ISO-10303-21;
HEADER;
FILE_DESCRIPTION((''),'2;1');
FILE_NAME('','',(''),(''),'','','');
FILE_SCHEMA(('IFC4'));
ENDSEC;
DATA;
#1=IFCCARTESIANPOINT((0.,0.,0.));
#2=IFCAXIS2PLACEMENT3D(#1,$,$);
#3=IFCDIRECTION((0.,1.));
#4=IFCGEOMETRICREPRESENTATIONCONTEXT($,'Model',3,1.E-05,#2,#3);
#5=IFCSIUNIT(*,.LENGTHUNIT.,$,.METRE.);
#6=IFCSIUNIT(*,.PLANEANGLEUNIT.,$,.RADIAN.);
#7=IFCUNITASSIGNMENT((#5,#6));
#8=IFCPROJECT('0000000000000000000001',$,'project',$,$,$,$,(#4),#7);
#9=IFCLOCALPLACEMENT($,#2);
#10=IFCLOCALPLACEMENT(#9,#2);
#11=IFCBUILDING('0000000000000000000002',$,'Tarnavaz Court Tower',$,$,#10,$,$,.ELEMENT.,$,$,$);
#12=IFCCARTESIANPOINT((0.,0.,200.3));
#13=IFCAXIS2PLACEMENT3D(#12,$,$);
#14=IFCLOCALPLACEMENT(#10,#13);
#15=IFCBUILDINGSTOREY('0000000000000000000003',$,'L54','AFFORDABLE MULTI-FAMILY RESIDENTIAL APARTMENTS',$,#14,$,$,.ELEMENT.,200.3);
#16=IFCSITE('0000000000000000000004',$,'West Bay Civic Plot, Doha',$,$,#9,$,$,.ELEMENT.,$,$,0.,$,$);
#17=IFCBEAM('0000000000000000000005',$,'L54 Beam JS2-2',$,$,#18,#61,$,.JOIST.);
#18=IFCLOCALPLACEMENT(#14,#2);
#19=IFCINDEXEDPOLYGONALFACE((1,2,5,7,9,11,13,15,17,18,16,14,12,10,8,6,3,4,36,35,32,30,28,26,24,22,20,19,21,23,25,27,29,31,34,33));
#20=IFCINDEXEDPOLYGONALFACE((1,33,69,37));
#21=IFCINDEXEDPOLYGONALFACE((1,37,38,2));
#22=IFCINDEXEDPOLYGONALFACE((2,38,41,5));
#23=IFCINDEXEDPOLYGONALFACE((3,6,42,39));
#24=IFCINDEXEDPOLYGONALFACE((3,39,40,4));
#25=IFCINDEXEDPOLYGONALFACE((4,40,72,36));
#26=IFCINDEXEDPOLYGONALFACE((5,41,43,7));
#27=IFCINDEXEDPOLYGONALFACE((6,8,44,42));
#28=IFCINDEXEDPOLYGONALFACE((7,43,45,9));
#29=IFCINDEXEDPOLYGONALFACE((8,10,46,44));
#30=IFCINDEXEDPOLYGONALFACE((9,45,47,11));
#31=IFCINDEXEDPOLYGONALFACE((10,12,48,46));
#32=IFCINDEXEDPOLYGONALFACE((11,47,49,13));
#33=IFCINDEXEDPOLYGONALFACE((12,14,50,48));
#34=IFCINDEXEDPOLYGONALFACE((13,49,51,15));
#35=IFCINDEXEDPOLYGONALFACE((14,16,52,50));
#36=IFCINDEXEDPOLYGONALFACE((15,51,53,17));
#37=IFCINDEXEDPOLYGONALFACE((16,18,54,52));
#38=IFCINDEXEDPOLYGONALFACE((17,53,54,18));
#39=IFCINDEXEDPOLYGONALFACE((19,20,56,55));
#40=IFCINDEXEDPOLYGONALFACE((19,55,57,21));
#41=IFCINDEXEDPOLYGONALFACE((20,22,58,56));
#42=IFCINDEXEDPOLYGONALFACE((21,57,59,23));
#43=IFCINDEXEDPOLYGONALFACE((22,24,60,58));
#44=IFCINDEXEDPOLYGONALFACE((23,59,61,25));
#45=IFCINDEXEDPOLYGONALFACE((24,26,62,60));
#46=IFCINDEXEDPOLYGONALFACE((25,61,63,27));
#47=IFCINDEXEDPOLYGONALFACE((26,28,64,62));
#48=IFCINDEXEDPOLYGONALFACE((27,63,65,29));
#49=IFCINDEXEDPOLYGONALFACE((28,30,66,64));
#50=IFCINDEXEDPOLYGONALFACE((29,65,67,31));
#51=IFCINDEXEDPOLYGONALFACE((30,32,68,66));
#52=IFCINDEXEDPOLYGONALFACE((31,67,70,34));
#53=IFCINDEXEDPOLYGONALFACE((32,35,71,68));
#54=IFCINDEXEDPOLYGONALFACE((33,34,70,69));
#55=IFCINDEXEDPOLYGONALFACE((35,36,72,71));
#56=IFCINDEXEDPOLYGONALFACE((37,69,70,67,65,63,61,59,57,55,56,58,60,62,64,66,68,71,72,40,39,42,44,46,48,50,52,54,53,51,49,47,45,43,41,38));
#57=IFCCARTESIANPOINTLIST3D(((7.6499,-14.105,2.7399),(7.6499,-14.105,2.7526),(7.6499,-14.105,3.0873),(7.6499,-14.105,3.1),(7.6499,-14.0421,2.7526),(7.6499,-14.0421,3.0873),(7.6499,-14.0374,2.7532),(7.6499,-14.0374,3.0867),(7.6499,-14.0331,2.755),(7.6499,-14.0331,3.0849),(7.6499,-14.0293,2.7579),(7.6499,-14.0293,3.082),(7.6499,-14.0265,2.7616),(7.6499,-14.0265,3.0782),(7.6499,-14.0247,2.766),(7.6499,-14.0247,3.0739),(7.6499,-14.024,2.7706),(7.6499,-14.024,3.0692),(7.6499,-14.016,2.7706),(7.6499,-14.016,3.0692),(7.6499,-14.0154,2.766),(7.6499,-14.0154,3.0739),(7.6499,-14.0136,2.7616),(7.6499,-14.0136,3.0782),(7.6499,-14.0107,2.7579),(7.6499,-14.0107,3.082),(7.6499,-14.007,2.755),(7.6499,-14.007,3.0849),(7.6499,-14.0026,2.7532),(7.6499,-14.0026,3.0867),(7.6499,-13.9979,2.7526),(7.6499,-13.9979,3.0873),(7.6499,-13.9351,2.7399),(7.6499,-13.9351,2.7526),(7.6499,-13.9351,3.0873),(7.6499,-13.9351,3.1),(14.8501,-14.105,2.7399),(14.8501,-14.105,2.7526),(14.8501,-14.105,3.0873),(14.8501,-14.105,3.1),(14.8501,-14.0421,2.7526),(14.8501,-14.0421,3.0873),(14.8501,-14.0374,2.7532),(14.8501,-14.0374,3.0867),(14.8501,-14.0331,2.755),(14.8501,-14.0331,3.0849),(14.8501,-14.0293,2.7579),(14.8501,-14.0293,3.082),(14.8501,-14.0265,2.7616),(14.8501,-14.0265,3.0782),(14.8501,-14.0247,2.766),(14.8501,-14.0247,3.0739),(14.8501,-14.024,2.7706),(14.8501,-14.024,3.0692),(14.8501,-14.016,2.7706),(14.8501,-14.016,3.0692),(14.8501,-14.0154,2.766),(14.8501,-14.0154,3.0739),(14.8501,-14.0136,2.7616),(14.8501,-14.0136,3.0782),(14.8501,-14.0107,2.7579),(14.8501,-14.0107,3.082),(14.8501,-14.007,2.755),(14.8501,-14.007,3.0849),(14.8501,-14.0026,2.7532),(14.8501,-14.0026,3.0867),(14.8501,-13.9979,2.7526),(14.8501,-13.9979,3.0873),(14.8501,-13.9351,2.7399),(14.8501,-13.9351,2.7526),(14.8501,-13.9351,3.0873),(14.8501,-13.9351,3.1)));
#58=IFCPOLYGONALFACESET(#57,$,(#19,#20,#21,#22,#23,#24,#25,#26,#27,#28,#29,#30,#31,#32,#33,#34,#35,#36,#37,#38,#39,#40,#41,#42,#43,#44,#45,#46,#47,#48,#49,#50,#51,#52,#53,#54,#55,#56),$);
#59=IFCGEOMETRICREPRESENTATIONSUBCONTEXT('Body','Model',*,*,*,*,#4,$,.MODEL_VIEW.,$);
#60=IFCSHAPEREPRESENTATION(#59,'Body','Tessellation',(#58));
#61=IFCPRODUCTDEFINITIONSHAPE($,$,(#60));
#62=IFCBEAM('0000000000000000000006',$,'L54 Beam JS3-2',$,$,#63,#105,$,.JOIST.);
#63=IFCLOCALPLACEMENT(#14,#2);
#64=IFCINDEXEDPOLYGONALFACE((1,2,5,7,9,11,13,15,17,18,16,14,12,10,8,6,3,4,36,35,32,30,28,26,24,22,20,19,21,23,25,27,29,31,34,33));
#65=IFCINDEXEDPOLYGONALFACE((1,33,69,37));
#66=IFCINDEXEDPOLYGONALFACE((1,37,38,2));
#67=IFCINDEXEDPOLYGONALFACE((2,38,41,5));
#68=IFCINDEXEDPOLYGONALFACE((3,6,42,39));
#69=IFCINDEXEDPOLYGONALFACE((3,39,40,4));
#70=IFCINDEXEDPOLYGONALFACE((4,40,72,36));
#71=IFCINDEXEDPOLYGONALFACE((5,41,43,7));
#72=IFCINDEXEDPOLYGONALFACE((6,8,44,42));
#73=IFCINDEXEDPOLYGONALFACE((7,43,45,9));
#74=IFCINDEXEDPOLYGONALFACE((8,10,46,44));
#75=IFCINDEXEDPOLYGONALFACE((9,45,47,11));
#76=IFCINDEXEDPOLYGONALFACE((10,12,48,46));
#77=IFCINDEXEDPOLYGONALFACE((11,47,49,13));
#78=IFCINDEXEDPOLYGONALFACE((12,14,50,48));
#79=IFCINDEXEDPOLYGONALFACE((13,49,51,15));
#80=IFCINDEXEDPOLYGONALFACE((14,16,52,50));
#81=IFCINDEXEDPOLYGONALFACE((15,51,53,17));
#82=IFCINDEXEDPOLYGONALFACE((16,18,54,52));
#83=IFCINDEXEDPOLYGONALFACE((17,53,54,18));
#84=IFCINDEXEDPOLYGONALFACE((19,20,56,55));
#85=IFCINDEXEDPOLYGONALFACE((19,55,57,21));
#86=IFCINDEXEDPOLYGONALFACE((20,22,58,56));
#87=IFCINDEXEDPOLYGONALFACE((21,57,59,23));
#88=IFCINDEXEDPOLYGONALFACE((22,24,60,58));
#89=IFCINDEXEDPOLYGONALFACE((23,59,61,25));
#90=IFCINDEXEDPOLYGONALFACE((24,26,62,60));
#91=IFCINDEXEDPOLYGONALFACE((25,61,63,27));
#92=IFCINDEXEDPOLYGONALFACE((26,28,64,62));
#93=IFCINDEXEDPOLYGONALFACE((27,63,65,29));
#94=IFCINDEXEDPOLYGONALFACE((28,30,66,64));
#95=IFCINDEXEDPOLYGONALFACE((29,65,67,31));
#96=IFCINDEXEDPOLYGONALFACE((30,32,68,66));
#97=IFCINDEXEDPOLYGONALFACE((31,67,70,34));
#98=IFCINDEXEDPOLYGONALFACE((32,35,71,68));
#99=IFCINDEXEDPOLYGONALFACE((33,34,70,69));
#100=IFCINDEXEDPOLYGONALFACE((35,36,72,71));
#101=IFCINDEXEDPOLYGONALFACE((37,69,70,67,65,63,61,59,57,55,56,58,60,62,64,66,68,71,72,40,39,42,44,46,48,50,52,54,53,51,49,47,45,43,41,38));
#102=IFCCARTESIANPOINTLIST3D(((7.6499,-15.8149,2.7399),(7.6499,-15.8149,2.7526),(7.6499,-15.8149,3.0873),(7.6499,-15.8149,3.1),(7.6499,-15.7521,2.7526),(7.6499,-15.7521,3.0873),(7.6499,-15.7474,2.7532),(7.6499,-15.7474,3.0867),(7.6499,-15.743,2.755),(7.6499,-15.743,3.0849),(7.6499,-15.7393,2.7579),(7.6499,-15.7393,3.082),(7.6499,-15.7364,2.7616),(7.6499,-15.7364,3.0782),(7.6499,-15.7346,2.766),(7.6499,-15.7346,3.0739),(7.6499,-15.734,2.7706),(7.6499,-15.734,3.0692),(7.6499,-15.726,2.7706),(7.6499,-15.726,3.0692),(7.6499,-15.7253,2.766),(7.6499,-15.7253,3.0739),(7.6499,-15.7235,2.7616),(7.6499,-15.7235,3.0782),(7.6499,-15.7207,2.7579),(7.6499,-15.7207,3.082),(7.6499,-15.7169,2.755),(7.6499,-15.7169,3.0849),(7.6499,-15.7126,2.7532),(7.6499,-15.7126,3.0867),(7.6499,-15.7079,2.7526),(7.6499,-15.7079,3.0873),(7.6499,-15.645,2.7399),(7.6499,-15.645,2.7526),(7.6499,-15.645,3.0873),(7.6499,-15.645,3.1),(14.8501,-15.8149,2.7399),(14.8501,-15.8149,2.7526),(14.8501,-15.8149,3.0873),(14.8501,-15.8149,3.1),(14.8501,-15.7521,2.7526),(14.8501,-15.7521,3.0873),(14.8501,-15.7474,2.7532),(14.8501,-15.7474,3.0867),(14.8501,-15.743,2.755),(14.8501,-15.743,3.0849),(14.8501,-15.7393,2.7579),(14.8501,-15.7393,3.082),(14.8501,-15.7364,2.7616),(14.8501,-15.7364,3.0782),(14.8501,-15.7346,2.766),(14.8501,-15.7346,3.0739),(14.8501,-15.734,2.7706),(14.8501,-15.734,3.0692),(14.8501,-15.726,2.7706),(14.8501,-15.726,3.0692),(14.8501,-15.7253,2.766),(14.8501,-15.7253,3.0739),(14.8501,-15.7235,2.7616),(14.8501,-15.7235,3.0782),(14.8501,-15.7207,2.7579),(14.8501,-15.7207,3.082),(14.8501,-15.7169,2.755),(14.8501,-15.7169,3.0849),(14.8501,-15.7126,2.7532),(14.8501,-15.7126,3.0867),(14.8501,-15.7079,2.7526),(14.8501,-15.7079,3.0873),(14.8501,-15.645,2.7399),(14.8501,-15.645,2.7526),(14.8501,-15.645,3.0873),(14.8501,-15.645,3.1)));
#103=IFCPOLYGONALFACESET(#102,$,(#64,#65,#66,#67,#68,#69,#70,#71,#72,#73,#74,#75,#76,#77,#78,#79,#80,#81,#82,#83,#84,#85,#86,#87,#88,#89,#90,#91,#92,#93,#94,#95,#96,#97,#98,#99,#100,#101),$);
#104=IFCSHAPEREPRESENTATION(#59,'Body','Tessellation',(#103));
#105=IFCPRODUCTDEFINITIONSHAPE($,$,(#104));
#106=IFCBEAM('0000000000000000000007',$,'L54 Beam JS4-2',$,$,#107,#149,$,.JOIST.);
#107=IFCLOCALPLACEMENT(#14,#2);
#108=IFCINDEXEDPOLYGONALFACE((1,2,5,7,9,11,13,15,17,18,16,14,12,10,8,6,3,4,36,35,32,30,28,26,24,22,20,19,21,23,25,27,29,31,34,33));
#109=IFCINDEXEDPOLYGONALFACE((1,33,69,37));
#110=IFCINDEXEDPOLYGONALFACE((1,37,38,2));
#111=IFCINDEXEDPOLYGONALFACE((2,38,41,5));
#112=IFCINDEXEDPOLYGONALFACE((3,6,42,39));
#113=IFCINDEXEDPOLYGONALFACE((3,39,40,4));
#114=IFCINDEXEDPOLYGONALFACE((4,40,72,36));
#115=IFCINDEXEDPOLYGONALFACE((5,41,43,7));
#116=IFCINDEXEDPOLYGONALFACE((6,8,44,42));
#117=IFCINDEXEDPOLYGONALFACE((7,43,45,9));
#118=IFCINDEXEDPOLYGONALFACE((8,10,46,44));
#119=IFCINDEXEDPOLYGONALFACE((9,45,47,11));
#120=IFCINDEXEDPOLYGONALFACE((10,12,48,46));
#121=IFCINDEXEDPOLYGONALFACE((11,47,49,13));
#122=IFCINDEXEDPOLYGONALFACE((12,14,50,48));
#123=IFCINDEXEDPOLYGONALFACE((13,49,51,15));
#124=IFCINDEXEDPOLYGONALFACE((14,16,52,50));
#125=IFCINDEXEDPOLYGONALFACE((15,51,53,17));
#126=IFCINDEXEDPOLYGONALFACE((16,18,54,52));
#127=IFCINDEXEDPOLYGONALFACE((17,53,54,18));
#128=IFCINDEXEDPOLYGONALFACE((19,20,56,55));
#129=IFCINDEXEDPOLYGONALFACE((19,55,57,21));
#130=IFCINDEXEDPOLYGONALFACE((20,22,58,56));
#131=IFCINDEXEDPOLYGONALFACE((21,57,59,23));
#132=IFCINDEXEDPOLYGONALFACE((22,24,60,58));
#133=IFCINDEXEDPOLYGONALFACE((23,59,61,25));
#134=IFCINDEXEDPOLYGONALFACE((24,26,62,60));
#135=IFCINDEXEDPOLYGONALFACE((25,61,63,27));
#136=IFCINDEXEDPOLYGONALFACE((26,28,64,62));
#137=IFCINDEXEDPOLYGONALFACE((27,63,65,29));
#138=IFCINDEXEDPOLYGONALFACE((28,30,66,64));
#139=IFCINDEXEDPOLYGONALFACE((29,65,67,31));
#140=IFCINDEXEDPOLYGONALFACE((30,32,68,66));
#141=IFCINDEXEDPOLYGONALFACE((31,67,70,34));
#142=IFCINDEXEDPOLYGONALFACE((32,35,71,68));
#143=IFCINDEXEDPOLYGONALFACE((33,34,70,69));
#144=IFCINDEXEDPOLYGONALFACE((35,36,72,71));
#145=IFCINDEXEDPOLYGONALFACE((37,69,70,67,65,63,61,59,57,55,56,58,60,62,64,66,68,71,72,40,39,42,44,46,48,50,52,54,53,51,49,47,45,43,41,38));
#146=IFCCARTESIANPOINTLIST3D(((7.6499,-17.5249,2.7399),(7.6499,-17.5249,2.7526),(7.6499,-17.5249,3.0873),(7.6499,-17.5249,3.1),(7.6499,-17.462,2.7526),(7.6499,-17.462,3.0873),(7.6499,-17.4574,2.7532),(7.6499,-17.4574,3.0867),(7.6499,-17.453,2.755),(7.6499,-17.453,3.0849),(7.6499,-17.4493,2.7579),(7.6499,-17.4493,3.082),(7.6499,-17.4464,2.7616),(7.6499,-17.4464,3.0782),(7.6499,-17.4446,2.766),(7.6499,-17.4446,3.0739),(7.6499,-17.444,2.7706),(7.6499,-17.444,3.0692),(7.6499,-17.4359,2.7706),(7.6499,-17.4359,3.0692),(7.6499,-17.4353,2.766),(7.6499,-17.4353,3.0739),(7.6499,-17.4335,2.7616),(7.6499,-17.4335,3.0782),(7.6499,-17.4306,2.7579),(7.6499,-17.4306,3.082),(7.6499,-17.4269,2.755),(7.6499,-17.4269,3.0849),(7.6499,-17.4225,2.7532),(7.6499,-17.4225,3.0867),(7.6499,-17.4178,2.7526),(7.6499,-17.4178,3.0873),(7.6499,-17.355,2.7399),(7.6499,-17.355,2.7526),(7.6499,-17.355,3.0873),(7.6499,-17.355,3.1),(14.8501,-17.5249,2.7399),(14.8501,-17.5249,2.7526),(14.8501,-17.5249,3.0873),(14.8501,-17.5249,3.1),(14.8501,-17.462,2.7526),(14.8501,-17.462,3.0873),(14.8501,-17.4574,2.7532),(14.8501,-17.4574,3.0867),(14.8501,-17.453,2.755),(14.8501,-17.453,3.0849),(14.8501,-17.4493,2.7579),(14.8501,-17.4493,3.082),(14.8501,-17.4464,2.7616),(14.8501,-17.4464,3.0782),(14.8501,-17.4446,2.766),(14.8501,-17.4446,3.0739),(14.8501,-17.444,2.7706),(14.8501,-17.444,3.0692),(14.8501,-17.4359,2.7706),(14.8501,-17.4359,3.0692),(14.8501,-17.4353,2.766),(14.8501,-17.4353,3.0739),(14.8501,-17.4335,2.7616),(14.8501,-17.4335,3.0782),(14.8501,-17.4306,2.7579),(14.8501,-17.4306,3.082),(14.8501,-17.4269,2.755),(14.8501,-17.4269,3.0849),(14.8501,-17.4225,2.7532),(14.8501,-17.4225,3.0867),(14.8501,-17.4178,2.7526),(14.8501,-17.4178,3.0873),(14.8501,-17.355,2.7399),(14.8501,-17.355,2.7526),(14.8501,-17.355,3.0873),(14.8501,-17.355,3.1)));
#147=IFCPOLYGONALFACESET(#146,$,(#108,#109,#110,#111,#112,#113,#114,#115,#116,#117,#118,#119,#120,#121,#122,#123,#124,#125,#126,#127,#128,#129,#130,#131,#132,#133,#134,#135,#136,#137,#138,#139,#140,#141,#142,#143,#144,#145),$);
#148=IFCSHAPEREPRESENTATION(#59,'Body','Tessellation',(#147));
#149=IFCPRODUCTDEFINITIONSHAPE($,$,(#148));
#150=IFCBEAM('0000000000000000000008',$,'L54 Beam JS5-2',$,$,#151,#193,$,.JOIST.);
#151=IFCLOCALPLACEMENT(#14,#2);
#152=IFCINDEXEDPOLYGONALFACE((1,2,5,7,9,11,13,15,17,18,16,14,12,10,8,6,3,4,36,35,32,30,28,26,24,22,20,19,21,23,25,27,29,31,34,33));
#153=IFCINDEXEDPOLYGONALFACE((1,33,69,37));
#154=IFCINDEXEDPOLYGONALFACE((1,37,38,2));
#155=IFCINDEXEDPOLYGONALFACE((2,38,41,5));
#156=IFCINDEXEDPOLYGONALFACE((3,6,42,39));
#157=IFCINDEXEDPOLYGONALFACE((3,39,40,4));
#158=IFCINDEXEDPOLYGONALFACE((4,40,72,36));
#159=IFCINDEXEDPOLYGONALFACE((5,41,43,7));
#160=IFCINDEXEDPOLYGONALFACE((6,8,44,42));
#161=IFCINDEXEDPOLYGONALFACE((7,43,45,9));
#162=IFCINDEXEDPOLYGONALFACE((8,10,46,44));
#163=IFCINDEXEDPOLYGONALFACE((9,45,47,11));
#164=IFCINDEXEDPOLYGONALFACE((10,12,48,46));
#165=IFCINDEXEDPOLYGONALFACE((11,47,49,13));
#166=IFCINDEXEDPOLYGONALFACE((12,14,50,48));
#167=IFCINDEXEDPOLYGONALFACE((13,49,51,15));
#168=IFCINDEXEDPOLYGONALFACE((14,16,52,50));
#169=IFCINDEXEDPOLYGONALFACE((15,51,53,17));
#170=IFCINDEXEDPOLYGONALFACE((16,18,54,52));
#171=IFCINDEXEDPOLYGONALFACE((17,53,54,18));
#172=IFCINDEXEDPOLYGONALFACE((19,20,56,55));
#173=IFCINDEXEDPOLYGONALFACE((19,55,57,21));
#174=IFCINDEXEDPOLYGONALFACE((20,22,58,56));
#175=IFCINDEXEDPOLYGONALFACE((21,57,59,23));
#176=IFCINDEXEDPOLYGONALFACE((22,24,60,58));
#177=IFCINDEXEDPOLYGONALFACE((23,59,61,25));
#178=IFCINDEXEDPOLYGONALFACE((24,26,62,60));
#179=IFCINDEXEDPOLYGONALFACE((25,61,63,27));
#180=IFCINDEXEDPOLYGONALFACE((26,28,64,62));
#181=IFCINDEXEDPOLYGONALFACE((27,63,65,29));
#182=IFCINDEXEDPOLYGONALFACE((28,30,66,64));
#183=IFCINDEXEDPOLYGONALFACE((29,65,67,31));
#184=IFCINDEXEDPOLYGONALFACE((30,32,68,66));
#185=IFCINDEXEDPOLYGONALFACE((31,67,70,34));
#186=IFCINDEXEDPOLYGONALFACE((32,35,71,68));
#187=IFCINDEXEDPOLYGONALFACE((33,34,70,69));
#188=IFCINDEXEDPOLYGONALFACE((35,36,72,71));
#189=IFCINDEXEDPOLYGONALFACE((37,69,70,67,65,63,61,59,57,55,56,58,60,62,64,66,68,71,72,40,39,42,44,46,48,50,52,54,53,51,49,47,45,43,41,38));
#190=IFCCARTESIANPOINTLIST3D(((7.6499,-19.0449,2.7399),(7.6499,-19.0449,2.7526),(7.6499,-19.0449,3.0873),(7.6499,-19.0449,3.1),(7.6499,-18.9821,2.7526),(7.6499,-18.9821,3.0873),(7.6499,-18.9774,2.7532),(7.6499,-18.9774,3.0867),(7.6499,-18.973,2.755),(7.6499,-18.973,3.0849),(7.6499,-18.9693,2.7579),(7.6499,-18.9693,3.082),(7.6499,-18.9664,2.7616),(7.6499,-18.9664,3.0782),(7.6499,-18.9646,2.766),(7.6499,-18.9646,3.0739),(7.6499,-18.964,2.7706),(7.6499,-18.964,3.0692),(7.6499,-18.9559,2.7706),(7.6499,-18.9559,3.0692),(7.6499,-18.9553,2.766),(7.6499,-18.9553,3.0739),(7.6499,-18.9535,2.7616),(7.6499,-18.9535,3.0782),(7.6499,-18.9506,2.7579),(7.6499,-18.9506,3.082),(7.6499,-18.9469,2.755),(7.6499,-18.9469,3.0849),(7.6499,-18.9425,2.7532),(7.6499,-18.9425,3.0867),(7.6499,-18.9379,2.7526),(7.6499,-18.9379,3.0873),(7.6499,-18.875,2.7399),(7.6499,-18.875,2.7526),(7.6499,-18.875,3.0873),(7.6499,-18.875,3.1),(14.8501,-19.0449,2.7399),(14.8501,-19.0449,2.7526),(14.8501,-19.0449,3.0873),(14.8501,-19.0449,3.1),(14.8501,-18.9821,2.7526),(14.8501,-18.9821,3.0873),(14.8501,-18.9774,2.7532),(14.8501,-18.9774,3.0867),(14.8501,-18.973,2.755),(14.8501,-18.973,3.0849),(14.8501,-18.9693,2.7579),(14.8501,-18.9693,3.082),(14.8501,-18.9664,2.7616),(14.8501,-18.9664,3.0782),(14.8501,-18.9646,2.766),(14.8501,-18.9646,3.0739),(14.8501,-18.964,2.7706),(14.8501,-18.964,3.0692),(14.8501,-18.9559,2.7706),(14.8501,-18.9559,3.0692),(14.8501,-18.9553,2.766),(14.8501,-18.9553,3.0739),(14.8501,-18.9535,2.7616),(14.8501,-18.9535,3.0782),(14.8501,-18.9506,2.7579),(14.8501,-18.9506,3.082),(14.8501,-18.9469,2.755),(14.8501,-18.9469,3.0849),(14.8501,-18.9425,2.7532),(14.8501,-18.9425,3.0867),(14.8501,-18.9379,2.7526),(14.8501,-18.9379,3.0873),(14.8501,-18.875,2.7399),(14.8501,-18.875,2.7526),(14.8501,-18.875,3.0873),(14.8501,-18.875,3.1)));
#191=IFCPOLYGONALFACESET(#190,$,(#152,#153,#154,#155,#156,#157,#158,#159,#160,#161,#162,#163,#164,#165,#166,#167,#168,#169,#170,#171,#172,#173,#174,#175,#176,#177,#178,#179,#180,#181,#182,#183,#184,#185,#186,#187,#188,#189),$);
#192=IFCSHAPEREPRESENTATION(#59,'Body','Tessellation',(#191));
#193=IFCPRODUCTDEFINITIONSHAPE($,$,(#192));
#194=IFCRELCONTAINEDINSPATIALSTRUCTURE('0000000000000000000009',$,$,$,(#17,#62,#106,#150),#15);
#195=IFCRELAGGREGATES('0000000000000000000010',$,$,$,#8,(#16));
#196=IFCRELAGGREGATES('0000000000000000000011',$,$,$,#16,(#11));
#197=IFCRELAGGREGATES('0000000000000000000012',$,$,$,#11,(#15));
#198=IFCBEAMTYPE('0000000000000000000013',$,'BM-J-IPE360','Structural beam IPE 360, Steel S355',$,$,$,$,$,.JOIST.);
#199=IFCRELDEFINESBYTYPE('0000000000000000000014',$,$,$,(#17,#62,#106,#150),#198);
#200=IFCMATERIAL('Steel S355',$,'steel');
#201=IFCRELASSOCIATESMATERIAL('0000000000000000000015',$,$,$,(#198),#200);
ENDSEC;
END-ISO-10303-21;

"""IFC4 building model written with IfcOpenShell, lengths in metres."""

from ifc_helpers import new_model, si_unit, direction, frame, origin, origin_2d, place, context, subcontext, project, spatial, i_section, extrude, material, material_profile, profile_set, type_object, element, save


model = new_model("IFC4")

# Units and contexts
model_context = context("Model", 3, precision=1e-05, world=origin(), true_north=direction((0.0, 1.0)))
body_context = subcontext(model_context, "Body", "Model", "MODEL_VIEW")
ifc_project = project(units=[si_unit("LENGTHUNIT", "METRE"), si_unit("PLANEANGLEUNIT", "RADIAN")], contexts=[model_context])

# Site, building, storey
site_placement = place(None, origin())
site = spatial("IfcSite", under=ifc_project, at=site_placement, Name="West Bay Civic Plot, Doha", CompositionType="ELEMENT", RefElevation=0.0)
building_placement = place(site_placement, origin())
building = spatial("IfcBuilding", under=site, at=building_placement, Name="Tarnavaz Court Tower", CompositionType="ELEMENT")
storey_placement = place(building_placement, frame((0.0, 0.0, 200.3)))
storey = spatial("IfcBuildingStorey", under=building, at=storey_placement, Name="L54", Description="AFFORDABLE MULTI-FAMILY RESIDENTIAL APARTMENTS", CompositionType="ELEMENT", Elevation=200.3)

# Beams
ifc_material_1 = material(Name="Steel S355", Category="steel")
ifc_material_profile_1 = material_profile(ifc_material_1, i_section(OverallWidth=0.1699, OverallDepth=0.3601, WebThickness=0.0081, FlangeThickness=0.0127, FilletRadius=0.0181, at=origin_2d()), Name="IPE 360")
ifc_profile_set_1 = profile_set([ifc_material_profile_1], Name="Steel S355")
beam_type_1 = type_object("IfcBeamType", Name="BM-J-IPE360", Description="Structural beam IPE 360, Steel S355", PredefinedType="JOIST", material=ifc_profile_set_1)
for number, where, z_axis, x_axis, name in (
    (1, (7.6499, -14.02, 2.9199), (1.0, 0.0, 0.0), (0.0, 1.0, 0.0), "L54 Beam JS2-2"),
    (2, (7.6499, -15.73, 2.9199), (1.0, 0.0, 0.0), (0.0, 1.0, 0.0), "L54 Beam JS3-2"),
    (3, (7.6499, -17.4399, 2.9199), (1.0, 0.0, 0.0), (0.0, 1.0, 0.0), "L54 Beam JS4-2"),
    (4, (7.6499, -18.96, 2.9199), (1.0, 0.0, 0.0), (0.0, 1.0, 0.0), "L54 Beam JS5-2"),
):
    element("IfcBeam", number, at=place(storey_placement, frame(where, z_axis=z_axis, x_axis=x_axis)), inside=storey, type_object=beam_type_1, Name=name, PredefinedType="JOIST", context=body_context, shape_type="SweptSolid", body=[
        extrude(i_section(OverallWidth=0.1699, OverallDepth=0.3601, WebThickness=0.0081, FlangeThickness=0.0127, FilletRadius=0.0181, at=origin_2d()), origin(), (0.0, 0.0, 1.0), 7.2002),
    ])

save(model, "model.ifc")
